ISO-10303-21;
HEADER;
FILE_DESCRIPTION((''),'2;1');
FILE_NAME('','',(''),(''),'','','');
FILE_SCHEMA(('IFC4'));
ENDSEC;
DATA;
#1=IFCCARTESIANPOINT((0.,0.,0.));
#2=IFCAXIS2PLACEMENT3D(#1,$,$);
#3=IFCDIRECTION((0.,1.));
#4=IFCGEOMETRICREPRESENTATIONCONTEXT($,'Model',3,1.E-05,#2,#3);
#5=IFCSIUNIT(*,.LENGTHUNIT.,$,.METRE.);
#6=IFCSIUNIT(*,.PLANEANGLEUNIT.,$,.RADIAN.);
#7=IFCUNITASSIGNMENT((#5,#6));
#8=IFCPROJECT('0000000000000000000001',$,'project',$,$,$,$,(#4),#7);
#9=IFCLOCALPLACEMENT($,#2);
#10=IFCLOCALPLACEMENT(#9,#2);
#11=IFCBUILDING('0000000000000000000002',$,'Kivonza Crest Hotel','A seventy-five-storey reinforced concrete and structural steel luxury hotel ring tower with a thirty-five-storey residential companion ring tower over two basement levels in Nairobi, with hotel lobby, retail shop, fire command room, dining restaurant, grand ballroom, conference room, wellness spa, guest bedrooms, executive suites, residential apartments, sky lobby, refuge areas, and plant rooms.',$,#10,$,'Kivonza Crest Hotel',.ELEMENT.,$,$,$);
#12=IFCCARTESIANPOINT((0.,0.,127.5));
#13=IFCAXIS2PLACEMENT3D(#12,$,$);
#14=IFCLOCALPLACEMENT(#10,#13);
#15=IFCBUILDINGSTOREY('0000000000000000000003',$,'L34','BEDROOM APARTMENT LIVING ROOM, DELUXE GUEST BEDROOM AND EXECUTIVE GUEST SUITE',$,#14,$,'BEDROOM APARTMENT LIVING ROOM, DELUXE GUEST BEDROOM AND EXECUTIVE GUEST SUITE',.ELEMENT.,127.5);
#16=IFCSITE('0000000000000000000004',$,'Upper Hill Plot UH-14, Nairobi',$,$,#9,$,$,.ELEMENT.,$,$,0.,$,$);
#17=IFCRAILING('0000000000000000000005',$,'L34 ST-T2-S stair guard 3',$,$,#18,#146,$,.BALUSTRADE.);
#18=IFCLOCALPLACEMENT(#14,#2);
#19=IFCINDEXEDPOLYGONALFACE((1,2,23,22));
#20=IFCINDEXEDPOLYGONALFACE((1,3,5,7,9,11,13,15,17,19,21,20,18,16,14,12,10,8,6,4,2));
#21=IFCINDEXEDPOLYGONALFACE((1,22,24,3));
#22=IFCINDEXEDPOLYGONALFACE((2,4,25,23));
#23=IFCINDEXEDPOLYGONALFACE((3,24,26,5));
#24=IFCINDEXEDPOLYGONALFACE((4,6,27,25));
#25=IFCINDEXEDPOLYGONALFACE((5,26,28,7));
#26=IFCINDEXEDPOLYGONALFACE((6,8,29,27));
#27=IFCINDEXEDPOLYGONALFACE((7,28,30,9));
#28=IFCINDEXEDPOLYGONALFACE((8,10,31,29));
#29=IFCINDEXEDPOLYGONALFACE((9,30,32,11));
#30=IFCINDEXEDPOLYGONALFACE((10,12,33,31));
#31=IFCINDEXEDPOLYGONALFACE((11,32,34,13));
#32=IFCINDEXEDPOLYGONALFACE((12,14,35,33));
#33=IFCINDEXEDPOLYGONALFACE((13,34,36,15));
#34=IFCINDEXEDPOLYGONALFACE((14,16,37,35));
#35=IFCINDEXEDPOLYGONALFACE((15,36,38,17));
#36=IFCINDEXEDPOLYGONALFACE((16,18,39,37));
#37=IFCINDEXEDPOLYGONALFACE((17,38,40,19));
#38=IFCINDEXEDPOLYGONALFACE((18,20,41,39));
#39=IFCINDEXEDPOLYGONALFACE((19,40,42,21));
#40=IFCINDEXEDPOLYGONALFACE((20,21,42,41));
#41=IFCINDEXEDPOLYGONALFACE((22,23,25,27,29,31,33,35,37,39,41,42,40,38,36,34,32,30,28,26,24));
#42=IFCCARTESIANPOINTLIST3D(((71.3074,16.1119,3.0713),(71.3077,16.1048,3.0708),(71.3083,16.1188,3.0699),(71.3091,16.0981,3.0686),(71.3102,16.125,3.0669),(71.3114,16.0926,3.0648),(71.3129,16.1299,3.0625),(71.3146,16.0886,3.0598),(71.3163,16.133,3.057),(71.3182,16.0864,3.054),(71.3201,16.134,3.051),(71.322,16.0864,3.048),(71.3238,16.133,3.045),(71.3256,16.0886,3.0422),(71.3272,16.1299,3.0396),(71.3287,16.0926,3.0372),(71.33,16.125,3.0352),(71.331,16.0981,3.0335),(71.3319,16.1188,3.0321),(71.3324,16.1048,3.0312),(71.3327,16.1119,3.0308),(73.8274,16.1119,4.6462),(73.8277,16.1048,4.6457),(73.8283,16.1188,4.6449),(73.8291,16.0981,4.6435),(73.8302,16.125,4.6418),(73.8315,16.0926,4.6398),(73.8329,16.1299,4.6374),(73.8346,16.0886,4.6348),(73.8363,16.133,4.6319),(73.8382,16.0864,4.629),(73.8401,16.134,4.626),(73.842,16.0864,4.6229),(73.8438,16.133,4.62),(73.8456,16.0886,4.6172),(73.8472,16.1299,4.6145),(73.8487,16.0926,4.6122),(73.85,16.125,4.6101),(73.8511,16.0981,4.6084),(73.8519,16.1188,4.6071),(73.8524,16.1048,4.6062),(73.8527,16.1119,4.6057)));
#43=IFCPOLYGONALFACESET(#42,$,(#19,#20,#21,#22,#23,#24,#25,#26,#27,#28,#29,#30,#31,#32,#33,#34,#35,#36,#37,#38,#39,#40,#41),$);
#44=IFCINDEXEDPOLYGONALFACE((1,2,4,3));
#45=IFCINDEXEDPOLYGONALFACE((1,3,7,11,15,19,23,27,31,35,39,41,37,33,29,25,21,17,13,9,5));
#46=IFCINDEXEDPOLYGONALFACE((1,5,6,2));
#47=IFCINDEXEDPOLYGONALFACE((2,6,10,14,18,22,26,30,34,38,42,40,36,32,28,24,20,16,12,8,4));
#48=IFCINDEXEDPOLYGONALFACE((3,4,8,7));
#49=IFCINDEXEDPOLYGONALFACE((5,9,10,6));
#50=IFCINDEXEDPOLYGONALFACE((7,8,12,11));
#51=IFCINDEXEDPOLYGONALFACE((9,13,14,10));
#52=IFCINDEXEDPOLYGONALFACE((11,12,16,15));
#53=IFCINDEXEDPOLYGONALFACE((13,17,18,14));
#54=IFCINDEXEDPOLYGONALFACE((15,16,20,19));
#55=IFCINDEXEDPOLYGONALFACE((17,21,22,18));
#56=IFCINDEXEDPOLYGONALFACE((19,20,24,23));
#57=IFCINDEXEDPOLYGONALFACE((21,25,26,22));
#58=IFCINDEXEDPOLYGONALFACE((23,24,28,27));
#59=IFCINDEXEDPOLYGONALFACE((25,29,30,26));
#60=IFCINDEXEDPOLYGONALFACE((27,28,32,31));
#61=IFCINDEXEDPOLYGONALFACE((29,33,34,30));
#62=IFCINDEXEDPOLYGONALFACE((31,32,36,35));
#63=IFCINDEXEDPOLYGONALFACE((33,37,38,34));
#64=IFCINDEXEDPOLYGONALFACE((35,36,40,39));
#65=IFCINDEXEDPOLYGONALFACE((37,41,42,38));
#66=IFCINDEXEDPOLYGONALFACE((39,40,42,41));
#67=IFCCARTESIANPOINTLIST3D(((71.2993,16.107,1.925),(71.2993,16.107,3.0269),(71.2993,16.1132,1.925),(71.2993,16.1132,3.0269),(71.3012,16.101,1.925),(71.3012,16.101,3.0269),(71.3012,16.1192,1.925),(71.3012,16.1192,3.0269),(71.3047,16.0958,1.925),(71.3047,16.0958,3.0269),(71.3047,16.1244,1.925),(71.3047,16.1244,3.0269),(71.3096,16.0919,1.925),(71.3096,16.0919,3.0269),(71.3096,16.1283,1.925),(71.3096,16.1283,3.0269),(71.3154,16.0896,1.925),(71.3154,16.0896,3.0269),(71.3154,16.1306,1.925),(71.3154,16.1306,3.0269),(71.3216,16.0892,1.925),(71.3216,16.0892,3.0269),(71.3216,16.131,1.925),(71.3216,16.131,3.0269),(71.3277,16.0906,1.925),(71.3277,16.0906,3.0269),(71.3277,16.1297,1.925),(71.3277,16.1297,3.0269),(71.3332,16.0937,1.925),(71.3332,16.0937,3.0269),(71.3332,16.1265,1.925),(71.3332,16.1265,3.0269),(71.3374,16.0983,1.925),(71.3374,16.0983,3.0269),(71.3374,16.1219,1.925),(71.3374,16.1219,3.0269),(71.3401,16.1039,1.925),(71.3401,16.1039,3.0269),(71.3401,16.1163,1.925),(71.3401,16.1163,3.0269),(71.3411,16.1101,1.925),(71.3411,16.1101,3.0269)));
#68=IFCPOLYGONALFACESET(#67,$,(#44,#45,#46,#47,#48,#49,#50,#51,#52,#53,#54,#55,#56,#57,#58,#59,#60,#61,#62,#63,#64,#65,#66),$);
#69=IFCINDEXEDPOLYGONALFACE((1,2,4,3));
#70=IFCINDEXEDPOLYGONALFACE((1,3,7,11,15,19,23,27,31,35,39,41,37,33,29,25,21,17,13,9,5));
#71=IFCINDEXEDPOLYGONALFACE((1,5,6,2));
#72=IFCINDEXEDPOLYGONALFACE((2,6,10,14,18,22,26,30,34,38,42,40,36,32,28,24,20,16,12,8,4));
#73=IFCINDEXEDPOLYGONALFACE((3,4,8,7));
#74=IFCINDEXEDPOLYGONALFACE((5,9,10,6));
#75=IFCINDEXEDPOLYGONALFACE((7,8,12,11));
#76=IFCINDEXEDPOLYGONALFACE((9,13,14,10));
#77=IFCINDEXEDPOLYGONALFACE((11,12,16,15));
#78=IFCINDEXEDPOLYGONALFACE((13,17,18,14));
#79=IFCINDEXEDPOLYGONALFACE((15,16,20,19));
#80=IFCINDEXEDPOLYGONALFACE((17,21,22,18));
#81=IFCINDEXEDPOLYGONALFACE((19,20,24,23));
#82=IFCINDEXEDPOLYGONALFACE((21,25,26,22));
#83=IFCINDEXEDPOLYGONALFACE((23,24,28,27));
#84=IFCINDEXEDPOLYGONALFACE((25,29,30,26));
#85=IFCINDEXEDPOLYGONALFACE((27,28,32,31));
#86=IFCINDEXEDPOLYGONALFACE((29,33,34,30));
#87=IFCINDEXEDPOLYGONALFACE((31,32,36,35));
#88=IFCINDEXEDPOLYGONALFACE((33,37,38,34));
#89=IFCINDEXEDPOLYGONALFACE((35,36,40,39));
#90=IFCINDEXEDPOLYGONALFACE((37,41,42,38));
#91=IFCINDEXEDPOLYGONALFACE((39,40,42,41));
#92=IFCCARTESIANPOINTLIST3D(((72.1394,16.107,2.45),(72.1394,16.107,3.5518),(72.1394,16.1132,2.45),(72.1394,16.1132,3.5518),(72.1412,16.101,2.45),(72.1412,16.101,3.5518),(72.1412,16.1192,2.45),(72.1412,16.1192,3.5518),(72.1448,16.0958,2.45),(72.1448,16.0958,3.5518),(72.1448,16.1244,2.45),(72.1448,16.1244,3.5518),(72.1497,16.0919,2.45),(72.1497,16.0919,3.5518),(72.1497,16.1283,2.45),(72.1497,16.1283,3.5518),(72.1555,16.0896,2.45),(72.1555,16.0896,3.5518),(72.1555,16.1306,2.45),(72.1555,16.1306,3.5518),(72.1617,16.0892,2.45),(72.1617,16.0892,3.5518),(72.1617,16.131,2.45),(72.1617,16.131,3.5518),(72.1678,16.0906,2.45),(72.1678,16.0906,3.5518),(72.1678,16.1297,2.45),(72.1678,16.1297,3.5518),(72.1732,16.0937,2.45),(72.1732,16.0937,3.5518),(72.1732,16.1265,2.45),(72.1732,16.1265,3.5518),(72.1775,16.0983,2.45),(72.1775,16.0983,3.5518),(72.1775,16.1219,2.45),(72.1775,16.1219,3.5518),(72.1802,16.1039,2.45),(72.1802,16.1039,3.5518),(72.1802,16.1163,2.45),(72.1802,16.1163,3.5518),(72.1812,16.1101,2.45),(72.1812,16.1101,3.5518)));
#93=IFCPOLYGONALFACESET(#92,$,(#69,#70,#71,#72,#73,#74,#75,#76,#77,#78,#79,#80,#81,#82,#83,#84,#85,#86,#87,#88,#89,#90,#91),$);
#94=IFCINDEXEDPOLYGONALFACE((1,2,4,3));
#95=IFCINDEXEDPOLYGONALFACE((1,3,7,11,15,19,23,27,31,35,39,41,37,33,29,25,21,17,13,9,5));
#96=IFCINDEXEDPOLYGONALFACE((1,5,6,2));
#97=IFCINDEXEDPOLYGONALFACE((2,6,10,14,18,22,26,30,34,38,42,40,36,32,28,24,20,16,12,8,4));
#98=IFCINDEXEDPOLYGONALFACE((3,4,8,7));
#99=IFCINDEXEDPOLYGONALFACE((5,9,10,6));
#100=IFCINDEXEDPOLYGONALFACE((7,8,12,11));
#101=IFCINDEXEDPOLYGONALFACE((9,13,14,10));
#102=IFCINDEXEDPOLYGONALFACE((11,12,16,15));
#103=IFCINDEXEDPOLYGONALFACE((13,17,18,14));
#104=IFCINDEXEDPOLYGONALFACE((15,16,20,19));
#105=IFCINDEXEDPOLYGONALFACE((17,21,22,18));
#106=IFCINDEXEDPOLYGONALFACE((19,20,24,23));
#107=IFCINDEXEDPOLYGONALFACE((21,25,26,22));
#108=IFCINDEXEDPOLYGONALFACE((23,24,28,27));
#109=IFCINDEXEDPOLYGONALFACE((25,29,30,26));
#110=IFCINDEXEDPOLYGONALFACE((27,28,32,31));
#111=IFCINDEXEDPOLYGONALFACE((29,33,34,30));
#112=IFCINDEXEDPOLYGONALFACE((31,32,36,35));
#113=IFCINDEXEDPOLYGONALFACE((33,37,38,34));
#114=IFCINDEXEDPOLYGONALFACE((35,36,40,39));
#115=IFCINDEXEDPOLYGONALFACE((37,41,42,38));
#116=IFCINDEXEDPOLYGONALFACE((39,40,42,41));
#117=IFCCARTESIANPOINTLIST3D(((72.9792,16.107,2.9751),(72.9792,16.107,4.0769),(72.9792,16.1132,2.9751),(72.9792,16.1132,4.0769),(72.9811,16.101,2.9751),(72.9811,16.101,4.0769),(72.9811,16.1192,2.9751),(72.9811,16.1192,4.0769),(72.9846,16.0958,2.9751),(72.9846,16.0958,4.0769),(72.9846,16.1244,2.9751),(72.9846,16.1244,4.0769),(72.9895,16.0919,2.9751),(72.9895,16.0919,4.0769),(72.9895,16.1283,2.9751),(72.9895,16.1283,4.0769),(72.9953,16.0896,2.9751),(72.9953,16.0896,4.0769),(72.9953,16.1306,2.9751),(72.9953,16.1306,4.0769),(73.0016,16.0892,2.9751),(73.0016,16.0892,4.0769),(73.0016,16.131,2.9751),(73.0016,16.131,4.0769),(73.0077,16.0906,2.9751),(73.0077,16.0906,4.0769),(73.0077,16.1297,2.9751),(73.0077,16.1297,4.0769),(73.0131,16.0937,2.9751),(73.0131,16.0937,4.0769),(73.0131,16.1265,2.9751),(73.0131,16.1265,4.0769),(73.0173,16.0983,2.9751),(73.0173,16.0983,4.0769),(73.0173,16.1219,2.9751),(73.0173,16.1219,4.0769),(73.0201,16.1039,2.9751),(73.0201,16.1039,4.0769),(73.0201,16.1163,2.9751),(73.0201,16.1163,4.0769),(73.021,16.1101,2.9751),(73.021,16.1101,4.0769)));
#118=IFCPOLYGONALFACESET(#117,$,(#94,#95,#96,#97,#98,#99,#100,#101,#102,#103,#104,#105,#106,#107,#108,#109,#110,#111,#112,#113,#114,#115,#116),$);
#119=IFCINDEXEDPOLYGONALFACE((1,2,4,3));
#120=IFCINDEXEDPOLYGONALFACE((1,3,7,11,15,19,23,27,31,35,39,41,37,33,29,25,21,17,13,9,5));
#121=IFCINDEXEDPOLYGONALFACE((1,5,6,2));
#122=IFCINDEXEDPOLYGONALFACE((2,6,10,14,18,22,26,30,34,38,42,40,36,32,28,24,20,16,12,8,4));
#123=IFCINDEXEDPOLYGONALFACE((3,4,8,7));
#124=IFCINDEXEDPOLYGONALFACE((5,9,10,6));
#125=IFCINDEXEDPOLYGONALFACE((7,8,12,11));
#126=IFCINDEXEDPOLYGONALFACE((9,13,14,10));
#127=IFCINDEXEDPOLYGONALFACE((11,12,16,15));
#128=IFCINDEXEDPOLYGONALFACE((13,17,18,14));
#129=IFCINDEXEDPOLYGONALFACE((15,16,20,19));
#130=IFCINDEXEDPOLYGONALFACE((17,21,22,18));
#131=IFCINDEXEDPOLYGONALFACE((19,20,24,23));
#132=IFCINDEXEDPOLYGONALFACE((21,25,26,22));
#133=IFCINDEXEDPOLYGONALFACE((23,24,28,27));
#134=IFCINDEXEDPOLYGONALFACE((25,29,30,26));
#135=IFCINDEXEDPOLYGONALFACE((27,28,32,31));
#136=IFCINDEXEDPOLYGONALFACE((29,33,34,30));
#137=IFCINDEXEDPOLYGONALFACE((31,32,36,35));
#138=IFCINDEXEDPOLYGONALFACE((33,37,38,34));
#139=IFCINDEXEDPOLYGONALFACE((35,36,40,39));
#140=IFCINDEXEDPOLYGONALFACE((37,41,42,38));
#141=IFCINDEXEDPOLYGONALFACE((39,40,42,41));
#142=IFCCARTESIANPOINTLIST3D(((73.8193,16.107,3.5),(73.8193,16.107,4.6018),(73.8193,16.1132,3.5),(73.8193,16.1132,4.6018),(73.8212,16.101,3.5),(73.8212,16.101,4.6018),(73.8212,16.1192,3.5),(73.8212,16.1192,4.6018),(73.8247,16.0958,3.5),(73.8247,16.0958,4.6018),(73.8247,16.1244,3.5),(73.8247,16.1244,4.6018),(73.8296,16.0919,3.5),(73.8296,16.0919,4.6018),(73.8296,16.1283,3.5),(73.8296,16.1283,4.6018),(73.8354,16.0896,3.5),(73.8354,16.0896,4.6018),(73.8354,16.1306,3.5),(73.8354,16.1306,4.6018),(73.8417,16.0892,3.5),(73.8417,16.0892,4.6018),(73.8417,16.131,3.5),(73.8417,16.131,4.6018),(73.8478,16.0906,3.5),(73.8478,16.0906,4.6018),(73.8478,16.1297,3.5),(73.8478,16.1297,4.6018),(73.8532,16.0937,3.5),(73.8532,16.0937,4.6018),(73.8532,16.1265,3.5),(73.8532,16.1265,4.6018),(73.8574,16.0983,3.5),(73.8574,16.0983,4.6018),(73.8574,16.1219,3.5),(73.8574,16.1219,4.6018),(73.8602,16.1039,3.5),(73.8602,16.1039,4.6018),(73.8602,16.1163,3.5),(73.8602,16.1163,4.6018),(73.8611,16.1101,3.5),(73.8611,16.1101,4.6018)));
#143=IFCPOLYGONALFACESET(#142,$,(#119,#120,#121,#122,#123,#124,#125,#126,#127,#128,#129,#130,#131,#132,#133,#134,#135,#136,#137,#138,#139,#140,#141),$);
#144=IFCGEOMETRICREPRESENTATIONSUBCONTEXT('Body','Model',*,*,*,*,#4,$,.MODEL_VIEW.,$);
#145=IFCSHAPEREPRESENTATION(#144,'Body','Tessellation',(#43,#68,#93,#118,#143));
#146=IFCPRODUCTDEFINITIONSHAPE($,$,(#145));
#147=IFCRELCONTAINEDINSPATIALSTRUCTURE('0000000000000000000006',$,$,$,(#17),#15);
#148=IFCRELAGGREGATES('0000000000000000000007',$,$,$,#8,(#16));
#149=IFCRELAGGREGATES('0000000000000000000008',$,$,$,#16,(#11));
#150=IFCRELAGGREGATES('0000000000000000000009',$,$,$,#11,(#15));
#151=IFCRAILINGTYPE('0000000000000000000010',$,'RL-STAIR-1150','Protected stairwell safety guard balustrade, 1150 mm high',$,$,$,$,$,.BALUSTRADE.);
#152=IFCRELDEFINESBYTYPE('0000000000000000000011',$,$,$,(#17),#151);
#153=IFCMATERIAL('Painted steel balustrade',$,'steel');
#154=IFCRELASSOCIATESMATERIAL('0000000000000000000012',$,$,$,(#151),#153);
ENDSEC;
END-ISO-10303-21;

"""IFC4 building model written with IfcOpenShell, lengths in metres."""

from ifc_helpers import new_model, si_unit, direction, frame, origin, origin_2d, place, context, subcontext, project, spatial, circle, extrude, material, type_object, element, save


model = new_model("IFC4")

# Units and contexts
model_context = context("Model", 3, precision=1e-05, world=origin(), true_north=direction((0.0, 1.0)))
body_context = subcontext(model_context, "Body", "Model", "MODEL_VIEW")
ifc_project = project(units=[si_unit("LENGTHUNIT", "METRE"), si_unit("PLANEANGLEUNIT", "RADIAN")], contexts=[model_context])

# Site, building, storey
site_placement = place(None, origin())
site = spatial("IfcSite", under=ifc_project, at=site_placement, Name="Upper Hill Plot UH-14, Nairobi", CompositionType="ELEMENT", RefElevation=0.0)
building_placement = place(site_placement, origin())
building = spatial("IfcBuilding", under=site, at=building_placement, Name="Kivonza Crest Hotel", Description="A seventy-five-storey reinforced concrete and structural steel luxury hotel ring tower with a thirty-five-storey residential companion ring tower over two basement levels in Nairobi, with hotel lobby, retail shop, fire command room, dining restaurant, grand ballroom, conference room, wellness spa, guest bedrooms, executive suites, residential apartments, sky lobby, refuge areas, and plant rooms.", LongName="Kivonza Crest Hotel", CompositionType="ELEMENT")
storey_placement = place(building_placement, frame((0.0, 0.0, 127.5)))
storey = spatial("IfcBuildingStorey", under=building, at=storey_placement, Name="L34", Description="BEDROOM APARTMENT LIVING ROOM, DELUXE GUEST BEDROOM AND EXECUTIVE GUEST SUITE", LongName="BEDROOM APARTMENT LIVING ROOM, DELUXE GUEST BEDROOM AND EXECUTIVE GUEST SUITE", CompositionType="ELEMENT", Elevation=127.5)

# Railing
ifc_material_1 = material(Name="Painted steel balustrade", Category="steel")
railing_type_1 = type_object("IfcRailingType", Name="RL-STAIR-1150", Description="Protected stairwell safety guard balustrade, 1150 mm high", PredefinedType="BALUSTRADE", material=ifc_material_1)
railing_1_placement = place(storey_placement, frame((71.3201, 16.1101, 1.925)))
element("IfcRailing", 1, at=railing_1_placement, inside=storey, type_object=railing_type_1, Name="L34 ST-T2-S stair guard 3", PredefinedType="BALUSTRADE", context=body_context, shape_type="SweptSolid", body=[
    extrude(circle(Radius=0.0239, at=origin_2d()), frame((0.0, 0.0, 1.126), z_axis=(0.848008, 0.0, 0.529984), x_axis=(0.0, 1.0, 0.0)), (0.0, 0.0, 1.0), 2.9717),
    extrude(circle(Radius=0.021, at=origin_2d()), origin(), (0.0, 0.0, 1.0), 1.1018),
    extrude(circle(Radius=0.021, at=origin_2d()), frame((0.8401, 0.0, 0.5249)), (0.0, 0.0, 1.0), 1.1018),
    extrude(circle(Radius=0.021, at=origin_2d()), frame((1.6799, 0.0, 1.05)), (0.0, 0.0, 1.0), 1.1018),
    extrude(circle(Radius=0.021, at=origin_2d()), frame((2.52, 0.0, 1.575)), (0.0, 0.0, 1.0), 1.1018),
])

save(model, "model.ifc")
